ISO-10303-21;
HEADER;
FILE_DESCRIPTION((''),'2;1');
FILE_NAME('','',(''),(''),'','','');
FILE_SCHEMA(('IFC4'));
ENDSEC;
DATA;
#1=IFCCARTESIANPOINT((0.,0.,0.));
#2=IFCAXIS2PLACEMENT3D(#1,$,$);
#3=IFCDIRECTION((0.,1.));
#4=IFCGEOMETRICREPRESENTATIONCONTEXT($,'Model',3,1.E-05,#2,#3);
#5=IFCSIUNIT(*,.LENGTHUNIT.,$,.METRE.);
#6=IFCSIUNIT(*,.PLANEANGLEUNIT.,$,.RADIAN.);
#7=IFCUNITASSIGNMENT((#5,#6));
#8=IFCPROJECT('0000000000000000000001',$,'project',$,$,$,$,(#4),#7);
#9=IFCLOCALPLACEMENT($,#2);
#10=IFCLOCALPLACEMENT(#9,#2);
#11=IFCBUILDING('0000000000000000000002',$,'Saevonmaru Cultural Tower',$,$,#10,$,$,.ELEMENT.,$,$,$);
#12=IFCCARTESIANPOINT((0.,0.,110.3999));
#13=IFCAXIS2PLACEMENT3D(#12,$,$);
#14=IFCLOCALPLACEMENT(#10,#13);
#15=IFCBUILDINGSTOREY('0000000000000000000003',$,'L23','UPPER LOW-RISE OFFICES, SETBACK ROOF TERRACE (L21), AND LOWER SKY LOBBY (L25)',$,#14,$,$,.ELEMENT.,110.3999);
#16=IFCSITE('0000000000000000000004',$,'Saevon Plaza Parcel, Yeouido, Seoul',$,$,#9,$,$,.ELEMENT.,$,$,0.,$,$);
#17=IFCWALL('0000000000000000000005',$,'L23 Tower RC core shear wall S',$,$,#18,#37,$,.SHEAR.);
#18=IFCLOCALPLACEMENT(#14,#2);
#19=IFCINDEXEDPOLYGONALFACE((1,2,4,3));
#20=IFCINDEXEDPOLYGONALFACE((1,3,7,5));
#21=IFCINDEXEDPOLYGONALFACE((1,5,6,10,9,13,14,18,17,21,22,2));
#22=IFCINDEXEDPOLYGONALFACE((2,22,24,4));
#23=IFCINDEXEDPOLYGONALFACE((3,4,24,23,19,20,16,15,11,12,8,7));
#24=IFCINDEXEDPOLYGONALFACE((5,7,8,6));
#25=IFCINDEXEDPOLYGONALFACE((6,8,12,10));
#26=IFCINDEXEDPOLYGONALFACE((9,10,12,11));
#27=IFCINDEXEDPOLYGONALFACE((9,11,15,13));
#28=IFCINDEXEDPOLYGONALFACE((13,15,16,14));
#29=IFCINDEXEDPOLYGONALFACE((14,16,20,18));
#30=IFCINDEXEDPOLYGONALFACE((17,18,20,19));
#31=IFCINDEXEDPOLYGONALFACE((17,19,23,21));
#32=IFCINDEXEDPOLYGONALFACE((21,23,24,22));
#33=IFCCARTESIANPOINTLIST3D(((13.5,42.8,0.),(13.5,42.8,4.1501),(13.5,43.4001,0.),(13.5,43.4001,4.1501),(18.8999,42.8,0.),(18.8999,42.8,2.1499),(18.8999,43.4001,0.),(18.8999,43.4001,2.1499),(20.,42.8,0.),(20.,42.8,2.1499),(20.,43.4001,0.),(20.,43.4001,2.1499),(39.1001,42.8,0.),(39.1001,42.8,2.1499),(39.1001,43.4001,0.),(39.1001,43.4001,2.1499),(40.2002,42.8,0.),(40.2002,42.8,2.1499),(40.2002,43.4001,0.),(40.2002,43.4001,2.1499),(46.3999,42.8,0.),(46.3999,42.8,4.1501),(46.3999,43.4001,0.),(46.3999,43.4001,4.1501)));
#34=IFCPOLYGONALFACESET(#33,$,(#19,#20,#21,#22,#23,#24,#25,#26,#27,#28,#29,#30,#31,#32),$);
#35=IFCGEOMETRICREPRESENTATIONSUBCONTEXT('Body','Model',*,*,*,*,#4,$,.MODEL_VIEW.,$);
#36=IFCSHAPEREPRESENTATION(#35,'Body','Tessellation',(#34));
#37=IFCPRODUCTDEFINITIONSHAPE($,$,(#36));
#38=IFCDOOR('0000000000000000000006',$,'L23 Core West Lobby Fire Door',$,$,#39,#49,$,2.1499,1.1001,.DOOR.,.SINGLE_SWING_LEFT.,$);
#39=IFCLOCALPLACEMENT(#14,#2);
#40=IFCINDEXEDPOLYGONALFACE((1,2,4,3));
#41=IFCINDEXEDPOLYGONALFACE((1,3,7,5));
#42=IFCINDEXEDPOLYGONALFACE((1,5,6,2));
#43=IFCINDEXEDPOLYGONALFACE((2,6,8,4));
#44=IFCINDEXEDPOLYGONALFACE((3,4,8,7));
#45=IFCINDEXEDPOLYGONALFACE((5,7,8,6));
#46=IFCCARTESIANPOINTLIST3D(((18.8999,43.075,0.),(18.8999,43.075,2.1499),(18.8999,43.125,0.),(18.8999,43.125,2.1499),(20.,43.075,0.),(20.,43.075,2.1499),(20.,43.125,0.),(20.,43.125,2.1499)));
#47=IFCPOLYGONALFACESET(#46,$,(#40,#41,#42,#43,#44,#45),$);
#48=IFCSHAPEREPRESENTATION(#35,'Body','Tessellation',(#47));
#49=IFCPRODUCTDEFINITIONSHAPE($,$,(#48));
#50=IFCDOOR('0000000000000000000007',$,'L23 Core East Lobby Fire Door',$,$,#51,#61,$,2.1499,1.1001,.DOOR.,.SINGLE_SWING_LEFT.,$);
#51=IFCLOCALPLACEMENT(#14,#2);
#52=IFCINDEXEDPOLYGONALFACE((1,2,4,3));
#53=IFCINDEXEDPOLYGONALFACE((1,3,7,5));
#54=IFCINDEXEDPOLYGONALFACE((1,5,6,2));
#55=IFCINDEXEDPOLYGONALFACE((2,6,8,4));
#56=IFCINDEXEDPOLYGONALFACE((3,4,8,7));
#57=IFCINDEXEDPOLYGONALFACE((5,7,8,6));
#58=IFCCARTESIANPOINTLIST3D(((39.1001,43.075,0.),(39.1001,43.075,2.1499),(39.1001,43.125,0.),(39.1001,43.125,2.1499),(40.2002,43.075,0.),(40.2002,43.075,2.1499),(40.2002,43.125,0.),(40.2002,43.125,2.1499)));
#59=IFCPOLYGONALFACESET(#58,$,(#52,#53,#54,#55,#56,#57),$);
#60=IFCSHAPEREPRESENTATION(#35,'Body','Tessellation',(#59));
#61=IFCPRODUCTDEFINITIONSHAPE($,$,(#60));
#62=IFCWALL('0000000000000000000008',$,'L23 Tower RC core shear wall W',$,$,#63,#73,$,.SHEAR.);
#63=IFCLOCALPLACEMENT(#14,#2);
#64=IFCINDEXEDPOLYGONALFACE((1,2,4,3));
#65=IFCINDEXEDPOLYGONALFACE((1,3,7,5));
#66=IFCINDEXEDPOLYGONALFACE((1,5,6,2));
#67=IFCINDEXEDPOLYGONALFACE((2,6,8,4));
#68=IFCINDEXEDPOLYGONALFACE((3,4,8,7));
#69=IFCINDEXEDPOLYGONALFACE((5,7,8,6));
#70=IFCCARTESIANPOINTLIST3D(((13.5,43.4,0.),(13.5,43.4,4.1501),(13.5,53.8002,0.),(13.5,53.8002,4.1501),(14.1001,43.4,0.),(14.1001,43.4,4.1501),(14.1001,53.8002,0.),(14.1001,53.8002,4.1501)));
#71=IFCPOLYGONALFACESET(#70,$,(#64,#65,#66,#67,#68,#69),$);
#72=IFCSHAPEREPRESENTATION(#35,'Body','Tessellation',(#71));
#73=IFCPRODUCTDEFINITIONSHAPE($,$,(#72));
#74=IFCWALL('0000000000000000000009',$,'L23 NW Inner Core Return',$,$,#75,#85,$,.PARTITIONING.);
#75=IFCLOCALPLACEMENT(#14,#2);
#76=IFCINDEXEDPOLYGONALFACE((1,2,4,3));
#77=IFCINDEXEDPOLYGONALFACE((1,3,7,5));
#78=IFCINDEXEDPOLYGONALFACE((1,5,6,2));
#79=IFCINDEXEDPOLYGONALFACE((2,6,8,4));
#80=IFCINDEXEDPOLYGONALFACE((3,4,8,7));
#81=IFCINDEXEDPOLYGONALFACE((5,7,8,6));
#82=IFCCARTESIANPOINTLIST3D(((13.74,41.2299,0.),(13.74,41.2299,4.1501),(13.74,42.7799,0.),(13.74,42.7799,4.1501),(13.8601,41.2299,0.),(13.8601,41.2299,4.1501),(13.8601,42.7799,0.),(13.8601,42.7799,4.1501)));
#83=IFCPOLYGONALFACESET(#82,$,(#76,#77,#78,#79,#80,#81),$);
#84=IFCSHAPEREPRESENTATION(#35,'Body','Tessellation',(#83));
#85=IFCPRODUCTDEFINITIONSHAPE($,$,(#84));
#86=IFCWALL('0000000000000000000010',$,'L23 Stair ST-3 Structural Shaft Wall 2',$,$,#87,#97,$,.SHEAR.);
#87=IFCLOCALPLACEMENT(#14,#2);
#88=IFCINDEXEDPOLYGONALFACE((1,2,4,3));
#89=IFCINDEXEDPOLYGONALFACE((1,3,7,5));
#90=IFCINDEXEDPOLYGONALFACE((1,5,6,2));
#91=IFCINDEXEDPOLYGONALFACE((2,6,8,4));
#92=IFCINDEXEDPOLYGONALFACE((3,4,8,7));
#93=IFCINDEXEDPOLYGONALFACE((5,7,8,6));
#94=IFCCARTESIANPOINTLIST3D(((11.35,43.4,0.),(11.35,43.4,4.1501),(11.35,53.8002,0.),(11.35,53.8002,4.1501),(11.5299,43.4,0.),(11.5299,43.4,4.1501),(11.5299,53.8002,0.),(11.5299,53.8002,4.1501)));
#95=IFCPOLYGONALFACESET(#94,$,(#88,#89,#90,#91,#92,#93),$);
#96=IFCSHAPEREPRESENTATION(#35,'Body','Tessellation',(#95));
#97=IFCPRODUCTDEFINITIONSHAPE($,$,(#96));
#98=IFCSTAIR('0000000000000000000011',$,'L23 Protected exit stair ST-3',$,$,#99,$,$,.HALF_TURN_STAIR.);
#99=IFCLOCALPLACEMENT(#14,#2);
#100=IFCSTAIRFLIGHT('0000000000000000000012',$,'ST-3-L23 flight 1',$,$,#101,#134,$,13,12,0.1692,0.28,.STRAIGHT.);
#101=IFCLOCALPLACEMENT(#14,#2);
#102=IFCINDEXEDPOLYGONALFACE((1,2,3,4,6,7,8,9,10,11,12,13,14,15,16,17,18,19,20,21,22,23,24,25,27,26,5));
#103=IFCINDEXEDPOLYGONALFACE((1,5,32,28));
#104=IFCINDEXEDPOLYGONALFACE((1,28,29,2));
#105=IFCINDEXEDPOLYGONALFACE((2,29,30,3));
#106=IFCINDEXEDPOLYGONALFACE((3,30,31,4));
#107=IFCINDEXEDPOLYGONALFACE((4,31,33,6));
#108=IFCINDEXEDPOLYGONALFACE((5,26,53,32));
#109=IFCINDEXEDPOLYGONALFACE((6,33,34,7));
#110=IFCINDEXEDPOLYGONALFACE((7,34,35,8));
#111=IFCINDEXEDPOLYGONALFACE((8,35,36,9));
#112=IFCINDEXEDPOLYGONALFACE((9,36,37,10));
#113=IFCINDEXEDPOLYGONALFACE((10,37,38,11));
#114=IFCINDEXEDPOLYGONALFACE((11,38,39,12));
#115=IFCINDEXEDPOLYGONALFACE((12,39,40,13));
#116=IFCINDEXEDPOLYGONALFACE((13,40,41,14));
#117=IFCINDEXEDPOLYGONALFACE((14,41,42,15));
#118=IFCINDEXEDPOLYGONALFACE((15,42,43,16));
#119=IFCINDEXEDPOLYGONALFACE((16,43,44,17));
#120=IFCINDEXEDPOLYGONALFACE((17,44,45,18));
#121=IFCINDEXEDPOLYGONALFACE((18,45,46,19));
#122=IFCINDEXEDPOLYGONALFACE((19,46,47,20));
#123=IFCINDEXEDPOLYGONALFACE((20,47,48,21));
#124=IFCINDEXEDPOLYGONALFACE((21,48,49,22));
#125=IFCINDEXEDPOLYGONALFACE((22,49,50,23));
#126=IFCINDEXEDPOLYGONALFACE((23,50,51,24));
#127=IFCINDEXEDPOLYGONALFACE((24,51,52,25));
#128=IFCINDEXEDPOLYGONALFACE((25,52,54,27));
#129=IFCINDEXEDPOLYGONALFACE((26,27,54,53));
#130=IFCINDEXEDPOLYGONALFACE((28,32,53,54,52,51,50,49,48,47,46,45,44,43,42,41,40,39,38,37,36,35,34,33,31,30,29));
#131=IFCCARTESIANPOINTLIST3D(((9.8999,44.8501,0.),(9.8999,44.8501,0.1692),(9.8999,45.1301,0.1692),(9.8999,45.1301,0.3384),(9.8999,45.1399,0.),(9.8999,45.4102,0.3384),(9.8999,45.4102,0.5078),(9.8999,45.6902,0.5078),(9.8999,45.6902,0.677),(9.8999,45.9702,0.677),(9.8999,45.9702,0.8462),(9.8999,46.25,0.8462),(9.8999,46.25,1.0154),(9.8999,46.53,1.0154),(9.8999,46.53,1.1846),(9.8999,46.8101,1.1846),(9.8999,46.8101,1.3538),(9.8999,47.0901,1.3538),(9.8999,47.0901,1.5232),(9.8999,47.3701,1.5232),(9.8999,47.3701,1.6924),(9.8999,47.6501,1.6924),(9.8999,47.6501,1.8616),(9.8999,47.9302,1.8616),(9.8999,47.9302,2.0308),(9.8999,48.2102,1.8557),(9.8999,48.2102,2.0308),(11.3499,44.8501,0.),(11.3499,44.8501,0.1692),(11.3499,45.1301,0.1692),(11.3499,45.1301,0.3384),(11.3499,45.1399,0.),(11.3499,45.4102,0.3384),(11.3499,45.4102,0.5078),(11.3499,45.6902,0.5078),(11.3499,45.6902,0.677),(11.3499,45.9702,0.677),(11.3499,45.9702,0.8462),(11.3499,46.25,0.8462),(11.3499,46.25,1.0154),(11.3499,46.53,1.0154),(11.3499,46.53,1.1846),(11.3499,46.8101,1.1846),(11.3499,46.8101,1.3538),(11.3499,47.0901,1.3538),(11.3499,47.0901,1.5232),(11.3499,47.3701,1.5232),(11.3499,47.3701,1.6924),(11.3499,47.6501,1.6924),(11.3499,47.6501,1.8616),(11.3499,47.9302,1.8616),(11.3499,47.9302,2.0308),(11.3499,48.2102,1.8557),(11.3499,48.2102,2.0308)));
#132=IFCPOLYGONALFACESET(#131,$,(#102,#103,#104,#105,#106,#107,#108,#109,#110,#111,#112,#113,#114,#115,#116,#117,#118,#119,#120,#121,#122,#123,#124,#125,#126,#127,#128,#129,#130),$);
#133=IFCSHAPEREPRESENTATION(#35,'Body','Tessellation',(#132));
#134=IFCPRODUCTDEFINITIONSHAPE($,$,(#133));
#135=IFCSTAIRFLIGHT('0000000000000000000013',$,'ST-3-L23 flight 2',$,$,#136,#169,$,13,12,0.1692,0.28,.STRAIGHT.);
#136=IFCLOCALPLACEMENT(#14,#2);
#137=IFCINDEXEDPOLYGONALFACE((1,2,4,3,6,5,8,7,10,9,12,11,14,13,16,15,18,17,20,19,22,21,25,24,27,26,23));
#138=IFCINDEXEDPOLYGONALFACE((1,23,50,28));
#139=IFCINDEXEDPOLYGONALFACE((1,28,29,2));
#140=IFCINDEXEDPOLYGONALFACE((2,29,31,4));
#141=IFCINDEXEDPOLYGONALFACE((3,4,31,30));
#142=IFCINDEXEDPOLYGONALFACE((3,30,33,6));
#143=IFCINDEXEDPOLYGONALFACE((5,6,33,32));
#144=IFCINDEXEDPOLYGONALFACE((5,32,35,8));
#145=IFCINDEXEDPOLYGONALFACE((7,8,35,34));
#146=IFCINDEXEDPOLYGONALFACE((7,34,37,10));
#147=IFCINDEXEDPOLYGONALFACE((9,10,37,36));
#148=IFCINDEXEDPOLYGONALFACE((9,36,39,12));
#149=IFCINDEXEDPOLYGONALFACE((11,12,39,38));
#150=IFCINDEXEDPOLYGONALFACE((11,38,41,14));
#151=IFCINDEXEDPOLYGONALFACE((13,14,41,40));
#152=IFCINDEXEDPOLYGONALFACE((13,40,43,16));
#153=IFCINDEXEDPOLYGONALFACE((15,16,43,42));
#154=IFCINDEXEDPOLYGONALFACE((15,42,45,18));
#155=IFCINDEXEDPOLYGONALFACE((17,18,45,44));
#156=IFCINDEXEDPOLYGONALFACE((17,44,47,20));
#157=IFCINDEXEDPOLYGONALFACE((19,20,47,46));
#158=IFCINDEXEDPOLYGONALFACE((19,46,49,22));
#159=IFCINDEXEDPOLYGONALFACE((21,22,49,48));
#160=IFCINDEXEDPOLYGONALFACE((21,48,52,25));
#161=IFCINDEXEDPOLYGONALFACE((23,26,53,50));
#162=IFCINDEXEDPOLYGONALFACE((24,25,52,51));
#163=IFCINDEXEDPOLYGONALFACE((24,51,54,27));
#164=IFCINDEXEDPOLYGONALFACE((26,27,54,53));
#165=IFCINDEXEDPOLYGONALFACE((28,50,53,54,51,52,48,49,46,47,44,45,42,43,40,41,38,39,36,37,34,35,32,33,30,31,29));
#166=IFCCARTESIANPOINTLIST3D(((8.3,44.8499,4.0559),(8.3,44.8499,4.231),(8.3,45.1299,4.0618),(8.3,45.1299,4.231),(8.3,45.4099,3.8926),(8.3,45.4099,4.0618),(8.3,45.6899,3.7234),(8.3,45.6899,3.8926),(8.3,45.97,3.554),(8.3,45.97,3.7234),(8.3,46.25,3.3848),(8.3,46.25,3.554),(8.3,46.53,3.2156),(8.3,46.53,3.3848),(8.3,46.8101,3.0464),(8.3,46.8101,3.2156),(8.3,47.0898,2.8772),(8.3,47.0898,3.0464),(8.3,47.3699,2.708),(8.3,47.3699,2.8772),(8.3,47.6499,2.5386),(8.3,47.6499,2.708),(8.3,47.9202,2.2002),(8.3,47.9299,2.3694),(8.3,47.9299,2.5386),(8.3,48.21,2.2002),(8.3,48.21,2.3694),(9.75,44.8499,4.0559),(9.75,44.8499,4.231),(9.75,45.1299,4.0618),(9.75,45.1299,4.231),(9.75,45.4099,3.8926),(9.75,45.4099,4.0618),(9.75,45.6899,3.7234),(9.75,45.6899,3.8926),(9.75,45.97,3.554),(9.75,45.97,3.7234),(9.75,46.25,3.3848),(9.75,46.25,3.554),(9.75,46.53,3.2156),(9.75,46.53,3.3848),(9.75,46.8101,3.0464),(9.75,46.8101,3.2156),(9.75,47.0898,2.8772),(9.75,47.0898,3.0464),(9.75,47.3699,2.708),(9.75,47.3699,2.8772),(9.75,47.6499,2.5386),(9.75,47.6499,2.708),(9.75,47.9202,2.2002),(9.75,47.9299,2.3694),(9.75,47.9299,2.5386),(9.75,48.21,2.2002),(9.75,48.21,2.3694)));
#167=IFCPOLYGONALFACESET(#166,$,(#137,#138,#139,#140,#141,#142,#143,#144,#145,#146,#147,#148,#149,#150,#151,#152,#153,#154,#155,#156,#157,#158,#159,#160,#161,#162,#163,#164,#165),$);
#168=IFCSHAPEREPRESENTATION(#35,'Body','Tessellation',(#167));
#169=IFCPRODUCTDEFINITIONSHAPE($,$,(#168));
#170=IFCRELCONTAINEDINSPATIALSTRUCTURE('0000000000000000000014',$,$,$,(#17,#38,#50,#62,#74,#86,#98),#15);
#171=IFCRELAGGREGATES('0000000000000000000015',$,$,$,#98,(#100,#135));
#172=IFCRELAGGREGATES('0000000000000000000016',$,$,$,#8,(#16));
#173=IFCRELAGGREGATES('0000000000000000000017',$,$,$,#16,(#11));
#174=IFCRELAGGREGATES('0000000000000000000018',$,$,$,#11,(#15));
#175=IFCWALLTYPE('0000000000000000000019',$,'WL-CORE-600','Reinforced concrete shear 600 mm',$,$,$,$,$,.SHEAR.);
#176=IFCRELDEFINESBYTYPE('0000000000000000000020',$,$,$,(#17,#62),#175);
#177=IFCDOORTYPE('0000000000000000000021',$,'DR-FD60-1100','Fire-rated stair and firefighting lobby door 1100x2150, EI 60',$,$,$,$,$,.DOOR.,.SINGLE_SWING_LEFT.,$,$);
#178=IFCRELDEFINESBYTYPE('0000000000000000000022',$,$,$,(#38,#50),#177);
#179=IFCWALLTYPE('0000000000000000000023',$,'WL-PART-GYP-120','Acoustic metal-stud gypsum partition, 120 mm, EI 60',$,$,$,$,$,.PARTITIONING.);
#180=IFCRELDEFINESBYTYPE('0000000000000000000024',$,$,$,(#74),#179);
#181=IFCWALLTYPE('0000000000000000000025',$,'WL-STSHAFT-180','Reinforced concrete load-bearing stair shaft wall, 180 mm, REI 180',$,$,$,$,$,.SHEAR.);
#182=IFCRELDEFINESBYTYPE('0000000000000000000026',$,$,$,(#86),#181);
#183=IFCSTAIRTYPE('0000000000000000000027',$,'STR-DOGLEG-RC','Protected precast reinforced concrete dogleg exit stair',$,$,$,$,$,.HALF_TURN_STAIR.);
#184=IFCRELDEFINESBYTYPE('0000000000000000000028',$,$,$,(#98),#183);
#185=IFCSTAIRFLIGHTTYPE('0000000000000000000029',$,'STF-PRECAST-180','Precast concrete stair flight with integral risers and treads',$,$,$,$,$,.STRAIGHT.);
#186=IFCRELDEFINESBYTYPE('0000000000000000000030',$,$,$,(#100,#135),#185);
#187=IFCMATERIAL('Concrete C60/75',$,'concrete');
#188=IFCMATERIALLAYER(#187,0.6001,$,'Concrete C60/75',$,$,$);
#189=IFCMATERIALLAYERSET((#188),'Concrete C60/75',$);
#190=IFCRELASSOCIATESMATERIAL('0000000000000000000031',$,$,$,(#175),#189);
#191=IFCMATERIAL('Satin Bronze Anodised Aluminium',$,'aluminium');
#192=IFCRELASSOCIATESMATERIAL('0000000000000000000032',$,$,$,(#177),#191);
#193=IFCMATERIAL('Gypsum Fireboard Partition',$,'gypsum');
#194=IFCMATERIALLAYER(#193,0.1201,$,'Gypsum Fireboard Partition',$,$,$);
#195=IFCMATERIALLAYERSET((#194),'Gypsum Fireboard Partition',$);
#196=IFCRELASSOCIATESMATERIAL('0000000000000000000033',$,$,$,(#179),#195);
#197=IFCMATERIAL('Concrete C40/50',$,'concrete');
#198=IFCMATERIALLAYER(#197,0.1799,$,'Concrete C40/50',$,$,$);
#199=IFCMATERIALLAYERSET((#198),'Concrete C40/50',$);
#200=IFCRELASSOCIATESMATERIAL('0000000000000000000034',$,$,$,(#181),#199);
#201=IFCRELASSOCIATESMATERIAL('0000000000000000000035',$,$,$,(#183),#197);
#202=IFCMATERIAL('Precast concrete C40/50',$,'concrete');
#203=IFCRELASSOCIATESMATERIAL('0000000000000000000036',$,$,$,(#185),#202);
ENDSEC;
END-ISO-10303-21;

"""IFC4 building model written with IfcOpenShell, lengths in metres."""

from ifc_helpers import new_model, si_unit, direction, frame, frame_2d, origin, place, context, subcontext, project, spatial, polyline, rectangle, outline, extrude, material, layer, layer_set, type_object, element, fill, aggregate, save


model = new_model("IFC4")

# Units and contexts
model_context = context("Model", 3, precision=1e-05, world=origin(), true_north=direction((0.0, 1.0)))
body_context = subcontext(model_context, "Body", "Model", "MODEL_VIEW")
ifc_project = project(units=[si_unit("LENGTHUNIT", "METRE"), si_unit("PLANEANGLEUNIT", "RADIAN")], contexts=[model_context])

# Site, building, storey
site_placement = place(None, origin())
site = spatial("IfcSite", under=ifc_project, at=site_placement, Name="Saevon Plaza Parcel, Yeouido, Seoul", CompositionType="ELEMENT", RefElevation=0.0)
building_placement = place(site_placement, origin())
building = spatial("IfcBuilding", under=site, at=building_placement, Name="Saevonmaru Cultural Tower", CompositionType="ELEMENT")
storey_placement = place(building_placement, frame((0.0, 0.0, 110.3999)))
storey = spatial("IfcBuildingStorey", under=building, at=storey_placement, Name="L23", Description="UPPER LOW-RISE OFFICES, SETBACK ROOF TERRACE (L21), AND LOWER SKY LOBBY (L25)", CompositionType="ELEMENT", Elevation=110.3999)

# Shared definitions
ifc_material_1 = material(Name="Satin Bronze Anodised Aluminium", Category="aluminium")

# Wall, openings, doors
ifc_material_2 = material(Name="Concrete C60/75", Category="concrete")
ifc_layer_1 = layer(ifc_material_2, 0.6001, Name="Concrete C60/75")
ifc_layer_set_1 = layer_set([ifc_layer_1], Name="Concrete C60/75")
wall_type_1 = type_object("IfcWallType", Name="WL-CORE-600", Description="Reinforced concrete shear 600 mm", PredefinedType="SHEAR", material=ifc_layer_set_1)
wall_1_placement = place(storey_placement, frame((13.5, 43.1001, 0.0), z_axis=(0.0, 0.0, 1.0), x_axis=(1.0, 0.0, 0.0)))
wall_1 = element("IfcWall", 1, at=wall_1_placement, inside=storey, type_object=wall_type_1, Name="L23 Tower RC core shear wall S", PredefinedType="SHEAR", context=body_context, shape_type="SweptSolid", body=[
    extrude(rectangle(XDim=32.8999, YDim=0.6001, at=frame_2d((16.45, 0.0))), origin(), (0.0, 0.0, 1.0), 4.1501),
])
opening_1_placement = place(wall_1_placement, frame((5.3999, 0.0, 0.0)))
opening_1 = element("IfcOpeningElement", 2, at=opening_1_placement, cuts=wall_1, PredefinedType="OPENING", context=body_context, shape_type="SweptSolid", body=[
    extrude(rectangle(XDim=1.1001, YDim=2.1499, at=frame_2d((0.55, 1.075))), frame((0.0, 0.3101, 0.0), z_axis=(0.0, -1.0, 0.0), x_axis=(1.0, 0.0, 0.0)), (0.0, 0.0, 1.0), 0.6201),
])
opening_2_placement = place(wall_1_placement, frame((25.6001, 0.0, 0.0)))
opening_2 = element("IfcOpeningElement", 3, at=opening_2_placement, cuts=wall_1, PredefinedType="OPENING", context=body_context, shape_type="SweptSolid", body=[
    extrude(rectangle(XDim=1.1001, YDim=2.1499, at=frame_2d((0.55, 1.075))), frame((0.0, 0.3101, 0.0), z_axis=(0.0, -1.0, 0.0), x_axis=(1.0, 0.0, 0.0)), (0.0, 0.0, 1.0), 0.6201),
])
door_type = type_object("IfcDoorType", Name="DR-FD60-1100", Description="Fire-rated stair and firefighting lobby door 1100x2150, EI 60", OperationType="SINGLE_SWING_LEFT", PredefinedType="DOOR", material=ifc_material_1)
door_1_placement = place(opening_1_placement, origin())
door_1 = element("IfcDoor", 4, at=door_1_placement, inside=storey, type_object=door_type, Name="L23 Core West Lobby Fire Door", OperationType="SINGLE_SWING_LEFT", OverallHeight=2.1499, OverallWidth=1.1001, PredefinedType="DOOR", context=body_context, shape_type="SweptSolid", body=[
    extrude(rectangle(XDim=1.1001, YDim=2.1499, at=frame_2d((0.55, 1.075))), frame((0.0, 0.0249, 0.0), z_axis=(0.0, -1.0, 0.0), x_axis=(1.0, 0.0, 0.0)), (0.0, 0.0, 1.0), 0.05),
])
fill(opening_1, door_1)
door_2_placement = place(opening_2_placement, origin())
door_2 = element("IfcDoor", 5, at=door_2_placement, inside=storey, type_object=door_type, Name="L23 Core East Lobby Fire Door", OperationType="SINGLE_SWING_LEFT", OverallHeight=2.1499, OverallWidth=1.1001, PredefinedType="DOOR", context=body_context, shape_type="SweptSolid", body=[
    extrude(rectangle(XDim=1.1001, YDim=2.1499, at=frame_2d((0.55, 1.075))), frame((0.0, 0.0249, 0.0), z_axis=(0.0, -1.0, 0.0), x_axis=(1.0, 0.0, 0.0)), (0.0, 0.0, 1.0), 0.05),
])
fill(opening_2, door_2)

# Walls
wall_2_placement = place(storey_placement, frame((13.8, 43.3999, 0.0), z_axis=(0.0, 0.0, 1.0), x_axis=(0.0, 1.0, 0.0)))
element("IfcWall", 6, at=wall_2_placement, inside=storey, type_object=wall_type_1, Name="L23 Tower RC core shear wall W", PredefinedType="SHEAR", context=body_context, shape_type="SweptSolid", body=[
    extrude(rectangle(XDim=10.4001, YDim=0.6001, at=frame_2d((5.2002, 0.0))), origin(), (0.0, 0.0, 1.0), 4.1501),
])
ifc_material_3 = material(Name="Gypsum Fireboard Partition", Category="gypsum")
ifc_layer_2 = layer(ifc_material_3, 0.1201, Name="Gypsum Fireboard Partition")
ifc_layer_set_2 = layer_set([ifc_layer_2], Name="Gypsum Fireboard Partition")
wall_type_2 = type_object("IfcWallType", Name="WL-PART-GYP-120", Description="Acoustic metal-stud gypsum partition, 120 mm, EI 60", PredefinedType="PARTITIONING", material=ifc_layer_set_2)
wall_3_placement = place(storey_placement, frame((13.8, 41.23, 0.0), z_axis=(0.0, 0.0, 1.0), x_axis=(0.0, 1.0, 0.0)))
element("IfcWall", 7, at=wall_3_placement, inside=storey, type_object=wall_type_2, Name="L23 NW Inner Core Return", PredefinedType="PARTITIONING", context=body_context, shape_type="SweptSolid", body=[
    extrude(rectangle(XDim=1.55, YDim=0.1201, at=frame_2d((0.7749, 0.0))), origin(), (0.0, 0.0, 1.0), 4.1501),
])

# Shared definitions
ifc_material_4 = material(Name="Concrete C40/50", Category="concrete")
ifc_layer_3 = layer(ifc_material_4, 0.1799, Name="Concrete C40/50")
ifc_layer_set_3 = layer_set([ifc_layer_3], Name="Concrete C40/50")
wall_type_3 = type_object("IfcWallType", Name="WL-STSHAFT-180", Description="Reinforced concrete load-bearing stair shaft wall, 180 mm, REI 180", PredefinedType="SHEAR", material=ifc_layer_set_3)

# Wall
wall_4_placement = place(storey_placement, frame((11.4399, 43.3999, 0.0), z_axis=(0.0, 0.0, 1.0), x_axis=(0.0, 1.0, 0.0)))
element("IfcWall", 8, at=wall_4_placement, inside=storey, type_object=wall_type_3, Name="L23 Stair ST-3 Structural Shaft Wall 2", PredefinedType="SHEAR", context=body_context, shape_type="SweptSolid", body=[
    extrude(rectangle(XDim=10.4001, YDim=0.1799, at=frame_2d((5.2002, 0.0))), origin(), (0.0, 0.0, 1.0), 4.1501),
])

# Stair, stair flights
stair_type = type_object("IfcStairType", Name="STR-DOGLEG-RC", Description="Protected precast reinforced concrete dogleg exit stair", PredefinedType="HALF_TURN_STAIR", material=ifc_material_4)
stair_placement = place(storey_placement, origin())
stair = element("IfcStair", 9, at=stair_placement, inside=storey, type_object=stair_type, Name="L23 Protected exit stair ST-3", PredefinedType="HALF_TURN_STAIR")
ifc_material_5 = material(Name="Precast concrete C40/50", Category="concrete")
stair_flight_type = type_object("IfcStairFlightType", Name="STF-PRECAST-180", Description="Precast concrete stair flight with integral risers and treads", PredefinedType="STRAIGHT", material=ifc_material_5)
stair_flight_1_placement = place(storey_placement, frame((10.625, 44.8501, 0.0), z_axis=(0.0, 0.0, 1.0), x_axis=(0.0, 1.0, 0.0)))
stair_flight_1 = element("IfcStairFlight", 10, at=stair_flight_1_placement, type_object=stair_flight_type, Name="ST-3-L23 flight 1", NumberOfRisers=13, NumberOfTreads=12, PredefinedType="STRAIGHT", RiserHeight=0.1692, TreadLength=0.28, context=body_context, shape_type="SweptSolid", body=[
    extrude(outline(polyline([(0.0, 0.0), (0.0, 0.1692), (0.28, 0.1692), (0.28, 0.3384), (0.5601, 0.3384), (0.5601, 0.5078), (0.8401, 0.5078), (0.8401, 0.677), (1.1201, 0.677), (1.1201, 0.8462), (1.3999, 0.8462), (1.3999, 1.0154), (1.6799, 1.0154), (1.6799, 1.1846), (1.96, 1.1846), (1.96, 1.3538), (2.24, 1.3538), (2.24, 1.5232), (2.52, 1.5232), (2.52, 1.6924), (2.8, 1.6924), (2.8, 1.8616), (3.0801, 1.8616), (3.0801, 2.0308), (3.3601, 2.0308), (3.3601, 2.2), (3.3601, 1.8557), (0.2898, 0.0), (0.0, 0.0)])), frame((0.0, 0.7251, 0.0), z_axis=(0.0, -1.0, 0.0), x_axis=(1.0, 0.0, 0.0)), (0.0, 0.0, 1.0), 1.45),
])
stair_flight_2_placement = place(storey_placement, frame((9.0249, 48.21, 2.2002), z_axis=(0.0, 0.0, 1.0), x_axis=(0.0, -1.0, 0.0)))
stair_flight_2 = element("IfcStairFlight", 11, at=stair_flight_2_placement, type_object=stair_flight_type, Name="ST-3-L23 flight 2", NumberOfRisers=13, NumberOfTreads=12, PredefinedType="STRAIGHT", RiserHeight=0.1692, TreadLength=0.28, context=body_context, shape_type="SweptSolid", body=[
    extrude(outline(polyline([(0.0, 0.0), (0.0, 0.1692), (0.28, 0.1692), (0.28, 0.3384), (0.5601, 0.3384), (0.5601, 0.5078), (0.8401, 0.5078), (0.8401, 0.677), (1.1201, 0.677), (1.1201, 0.8462), (1.3999, 0.8462), (1.3999, 1.0154), (1.6799, 1.0154), (1.6799, 1.1846), (1.96, 1.1846), (1.96, 1.3538), (2.24, 1.3538), (2.24, 1.5232), (2.52, 1.5232), (2.52, 1.6924), (2.8, 1.6924), (2.8, 1.8616), (3.0801, 1.8616), (3.0801, 2.0308), (3.3601, 2.0308), (3.3601, 2.2), (3.3601, 1.8557), (0.2898, 0.0), (0.0, 0.0)])), frame((0.0, 0.7251, 0.0), z_axis=(0.0, -1.0, 0.0), x_axis=(1.0, 0.0, 0.0)), (0.0, 0.0, 1.0), 1.45),
])
aggregate(stair, [stair_flight_1, stair_flight_2])

save(model, "model.ifc")
